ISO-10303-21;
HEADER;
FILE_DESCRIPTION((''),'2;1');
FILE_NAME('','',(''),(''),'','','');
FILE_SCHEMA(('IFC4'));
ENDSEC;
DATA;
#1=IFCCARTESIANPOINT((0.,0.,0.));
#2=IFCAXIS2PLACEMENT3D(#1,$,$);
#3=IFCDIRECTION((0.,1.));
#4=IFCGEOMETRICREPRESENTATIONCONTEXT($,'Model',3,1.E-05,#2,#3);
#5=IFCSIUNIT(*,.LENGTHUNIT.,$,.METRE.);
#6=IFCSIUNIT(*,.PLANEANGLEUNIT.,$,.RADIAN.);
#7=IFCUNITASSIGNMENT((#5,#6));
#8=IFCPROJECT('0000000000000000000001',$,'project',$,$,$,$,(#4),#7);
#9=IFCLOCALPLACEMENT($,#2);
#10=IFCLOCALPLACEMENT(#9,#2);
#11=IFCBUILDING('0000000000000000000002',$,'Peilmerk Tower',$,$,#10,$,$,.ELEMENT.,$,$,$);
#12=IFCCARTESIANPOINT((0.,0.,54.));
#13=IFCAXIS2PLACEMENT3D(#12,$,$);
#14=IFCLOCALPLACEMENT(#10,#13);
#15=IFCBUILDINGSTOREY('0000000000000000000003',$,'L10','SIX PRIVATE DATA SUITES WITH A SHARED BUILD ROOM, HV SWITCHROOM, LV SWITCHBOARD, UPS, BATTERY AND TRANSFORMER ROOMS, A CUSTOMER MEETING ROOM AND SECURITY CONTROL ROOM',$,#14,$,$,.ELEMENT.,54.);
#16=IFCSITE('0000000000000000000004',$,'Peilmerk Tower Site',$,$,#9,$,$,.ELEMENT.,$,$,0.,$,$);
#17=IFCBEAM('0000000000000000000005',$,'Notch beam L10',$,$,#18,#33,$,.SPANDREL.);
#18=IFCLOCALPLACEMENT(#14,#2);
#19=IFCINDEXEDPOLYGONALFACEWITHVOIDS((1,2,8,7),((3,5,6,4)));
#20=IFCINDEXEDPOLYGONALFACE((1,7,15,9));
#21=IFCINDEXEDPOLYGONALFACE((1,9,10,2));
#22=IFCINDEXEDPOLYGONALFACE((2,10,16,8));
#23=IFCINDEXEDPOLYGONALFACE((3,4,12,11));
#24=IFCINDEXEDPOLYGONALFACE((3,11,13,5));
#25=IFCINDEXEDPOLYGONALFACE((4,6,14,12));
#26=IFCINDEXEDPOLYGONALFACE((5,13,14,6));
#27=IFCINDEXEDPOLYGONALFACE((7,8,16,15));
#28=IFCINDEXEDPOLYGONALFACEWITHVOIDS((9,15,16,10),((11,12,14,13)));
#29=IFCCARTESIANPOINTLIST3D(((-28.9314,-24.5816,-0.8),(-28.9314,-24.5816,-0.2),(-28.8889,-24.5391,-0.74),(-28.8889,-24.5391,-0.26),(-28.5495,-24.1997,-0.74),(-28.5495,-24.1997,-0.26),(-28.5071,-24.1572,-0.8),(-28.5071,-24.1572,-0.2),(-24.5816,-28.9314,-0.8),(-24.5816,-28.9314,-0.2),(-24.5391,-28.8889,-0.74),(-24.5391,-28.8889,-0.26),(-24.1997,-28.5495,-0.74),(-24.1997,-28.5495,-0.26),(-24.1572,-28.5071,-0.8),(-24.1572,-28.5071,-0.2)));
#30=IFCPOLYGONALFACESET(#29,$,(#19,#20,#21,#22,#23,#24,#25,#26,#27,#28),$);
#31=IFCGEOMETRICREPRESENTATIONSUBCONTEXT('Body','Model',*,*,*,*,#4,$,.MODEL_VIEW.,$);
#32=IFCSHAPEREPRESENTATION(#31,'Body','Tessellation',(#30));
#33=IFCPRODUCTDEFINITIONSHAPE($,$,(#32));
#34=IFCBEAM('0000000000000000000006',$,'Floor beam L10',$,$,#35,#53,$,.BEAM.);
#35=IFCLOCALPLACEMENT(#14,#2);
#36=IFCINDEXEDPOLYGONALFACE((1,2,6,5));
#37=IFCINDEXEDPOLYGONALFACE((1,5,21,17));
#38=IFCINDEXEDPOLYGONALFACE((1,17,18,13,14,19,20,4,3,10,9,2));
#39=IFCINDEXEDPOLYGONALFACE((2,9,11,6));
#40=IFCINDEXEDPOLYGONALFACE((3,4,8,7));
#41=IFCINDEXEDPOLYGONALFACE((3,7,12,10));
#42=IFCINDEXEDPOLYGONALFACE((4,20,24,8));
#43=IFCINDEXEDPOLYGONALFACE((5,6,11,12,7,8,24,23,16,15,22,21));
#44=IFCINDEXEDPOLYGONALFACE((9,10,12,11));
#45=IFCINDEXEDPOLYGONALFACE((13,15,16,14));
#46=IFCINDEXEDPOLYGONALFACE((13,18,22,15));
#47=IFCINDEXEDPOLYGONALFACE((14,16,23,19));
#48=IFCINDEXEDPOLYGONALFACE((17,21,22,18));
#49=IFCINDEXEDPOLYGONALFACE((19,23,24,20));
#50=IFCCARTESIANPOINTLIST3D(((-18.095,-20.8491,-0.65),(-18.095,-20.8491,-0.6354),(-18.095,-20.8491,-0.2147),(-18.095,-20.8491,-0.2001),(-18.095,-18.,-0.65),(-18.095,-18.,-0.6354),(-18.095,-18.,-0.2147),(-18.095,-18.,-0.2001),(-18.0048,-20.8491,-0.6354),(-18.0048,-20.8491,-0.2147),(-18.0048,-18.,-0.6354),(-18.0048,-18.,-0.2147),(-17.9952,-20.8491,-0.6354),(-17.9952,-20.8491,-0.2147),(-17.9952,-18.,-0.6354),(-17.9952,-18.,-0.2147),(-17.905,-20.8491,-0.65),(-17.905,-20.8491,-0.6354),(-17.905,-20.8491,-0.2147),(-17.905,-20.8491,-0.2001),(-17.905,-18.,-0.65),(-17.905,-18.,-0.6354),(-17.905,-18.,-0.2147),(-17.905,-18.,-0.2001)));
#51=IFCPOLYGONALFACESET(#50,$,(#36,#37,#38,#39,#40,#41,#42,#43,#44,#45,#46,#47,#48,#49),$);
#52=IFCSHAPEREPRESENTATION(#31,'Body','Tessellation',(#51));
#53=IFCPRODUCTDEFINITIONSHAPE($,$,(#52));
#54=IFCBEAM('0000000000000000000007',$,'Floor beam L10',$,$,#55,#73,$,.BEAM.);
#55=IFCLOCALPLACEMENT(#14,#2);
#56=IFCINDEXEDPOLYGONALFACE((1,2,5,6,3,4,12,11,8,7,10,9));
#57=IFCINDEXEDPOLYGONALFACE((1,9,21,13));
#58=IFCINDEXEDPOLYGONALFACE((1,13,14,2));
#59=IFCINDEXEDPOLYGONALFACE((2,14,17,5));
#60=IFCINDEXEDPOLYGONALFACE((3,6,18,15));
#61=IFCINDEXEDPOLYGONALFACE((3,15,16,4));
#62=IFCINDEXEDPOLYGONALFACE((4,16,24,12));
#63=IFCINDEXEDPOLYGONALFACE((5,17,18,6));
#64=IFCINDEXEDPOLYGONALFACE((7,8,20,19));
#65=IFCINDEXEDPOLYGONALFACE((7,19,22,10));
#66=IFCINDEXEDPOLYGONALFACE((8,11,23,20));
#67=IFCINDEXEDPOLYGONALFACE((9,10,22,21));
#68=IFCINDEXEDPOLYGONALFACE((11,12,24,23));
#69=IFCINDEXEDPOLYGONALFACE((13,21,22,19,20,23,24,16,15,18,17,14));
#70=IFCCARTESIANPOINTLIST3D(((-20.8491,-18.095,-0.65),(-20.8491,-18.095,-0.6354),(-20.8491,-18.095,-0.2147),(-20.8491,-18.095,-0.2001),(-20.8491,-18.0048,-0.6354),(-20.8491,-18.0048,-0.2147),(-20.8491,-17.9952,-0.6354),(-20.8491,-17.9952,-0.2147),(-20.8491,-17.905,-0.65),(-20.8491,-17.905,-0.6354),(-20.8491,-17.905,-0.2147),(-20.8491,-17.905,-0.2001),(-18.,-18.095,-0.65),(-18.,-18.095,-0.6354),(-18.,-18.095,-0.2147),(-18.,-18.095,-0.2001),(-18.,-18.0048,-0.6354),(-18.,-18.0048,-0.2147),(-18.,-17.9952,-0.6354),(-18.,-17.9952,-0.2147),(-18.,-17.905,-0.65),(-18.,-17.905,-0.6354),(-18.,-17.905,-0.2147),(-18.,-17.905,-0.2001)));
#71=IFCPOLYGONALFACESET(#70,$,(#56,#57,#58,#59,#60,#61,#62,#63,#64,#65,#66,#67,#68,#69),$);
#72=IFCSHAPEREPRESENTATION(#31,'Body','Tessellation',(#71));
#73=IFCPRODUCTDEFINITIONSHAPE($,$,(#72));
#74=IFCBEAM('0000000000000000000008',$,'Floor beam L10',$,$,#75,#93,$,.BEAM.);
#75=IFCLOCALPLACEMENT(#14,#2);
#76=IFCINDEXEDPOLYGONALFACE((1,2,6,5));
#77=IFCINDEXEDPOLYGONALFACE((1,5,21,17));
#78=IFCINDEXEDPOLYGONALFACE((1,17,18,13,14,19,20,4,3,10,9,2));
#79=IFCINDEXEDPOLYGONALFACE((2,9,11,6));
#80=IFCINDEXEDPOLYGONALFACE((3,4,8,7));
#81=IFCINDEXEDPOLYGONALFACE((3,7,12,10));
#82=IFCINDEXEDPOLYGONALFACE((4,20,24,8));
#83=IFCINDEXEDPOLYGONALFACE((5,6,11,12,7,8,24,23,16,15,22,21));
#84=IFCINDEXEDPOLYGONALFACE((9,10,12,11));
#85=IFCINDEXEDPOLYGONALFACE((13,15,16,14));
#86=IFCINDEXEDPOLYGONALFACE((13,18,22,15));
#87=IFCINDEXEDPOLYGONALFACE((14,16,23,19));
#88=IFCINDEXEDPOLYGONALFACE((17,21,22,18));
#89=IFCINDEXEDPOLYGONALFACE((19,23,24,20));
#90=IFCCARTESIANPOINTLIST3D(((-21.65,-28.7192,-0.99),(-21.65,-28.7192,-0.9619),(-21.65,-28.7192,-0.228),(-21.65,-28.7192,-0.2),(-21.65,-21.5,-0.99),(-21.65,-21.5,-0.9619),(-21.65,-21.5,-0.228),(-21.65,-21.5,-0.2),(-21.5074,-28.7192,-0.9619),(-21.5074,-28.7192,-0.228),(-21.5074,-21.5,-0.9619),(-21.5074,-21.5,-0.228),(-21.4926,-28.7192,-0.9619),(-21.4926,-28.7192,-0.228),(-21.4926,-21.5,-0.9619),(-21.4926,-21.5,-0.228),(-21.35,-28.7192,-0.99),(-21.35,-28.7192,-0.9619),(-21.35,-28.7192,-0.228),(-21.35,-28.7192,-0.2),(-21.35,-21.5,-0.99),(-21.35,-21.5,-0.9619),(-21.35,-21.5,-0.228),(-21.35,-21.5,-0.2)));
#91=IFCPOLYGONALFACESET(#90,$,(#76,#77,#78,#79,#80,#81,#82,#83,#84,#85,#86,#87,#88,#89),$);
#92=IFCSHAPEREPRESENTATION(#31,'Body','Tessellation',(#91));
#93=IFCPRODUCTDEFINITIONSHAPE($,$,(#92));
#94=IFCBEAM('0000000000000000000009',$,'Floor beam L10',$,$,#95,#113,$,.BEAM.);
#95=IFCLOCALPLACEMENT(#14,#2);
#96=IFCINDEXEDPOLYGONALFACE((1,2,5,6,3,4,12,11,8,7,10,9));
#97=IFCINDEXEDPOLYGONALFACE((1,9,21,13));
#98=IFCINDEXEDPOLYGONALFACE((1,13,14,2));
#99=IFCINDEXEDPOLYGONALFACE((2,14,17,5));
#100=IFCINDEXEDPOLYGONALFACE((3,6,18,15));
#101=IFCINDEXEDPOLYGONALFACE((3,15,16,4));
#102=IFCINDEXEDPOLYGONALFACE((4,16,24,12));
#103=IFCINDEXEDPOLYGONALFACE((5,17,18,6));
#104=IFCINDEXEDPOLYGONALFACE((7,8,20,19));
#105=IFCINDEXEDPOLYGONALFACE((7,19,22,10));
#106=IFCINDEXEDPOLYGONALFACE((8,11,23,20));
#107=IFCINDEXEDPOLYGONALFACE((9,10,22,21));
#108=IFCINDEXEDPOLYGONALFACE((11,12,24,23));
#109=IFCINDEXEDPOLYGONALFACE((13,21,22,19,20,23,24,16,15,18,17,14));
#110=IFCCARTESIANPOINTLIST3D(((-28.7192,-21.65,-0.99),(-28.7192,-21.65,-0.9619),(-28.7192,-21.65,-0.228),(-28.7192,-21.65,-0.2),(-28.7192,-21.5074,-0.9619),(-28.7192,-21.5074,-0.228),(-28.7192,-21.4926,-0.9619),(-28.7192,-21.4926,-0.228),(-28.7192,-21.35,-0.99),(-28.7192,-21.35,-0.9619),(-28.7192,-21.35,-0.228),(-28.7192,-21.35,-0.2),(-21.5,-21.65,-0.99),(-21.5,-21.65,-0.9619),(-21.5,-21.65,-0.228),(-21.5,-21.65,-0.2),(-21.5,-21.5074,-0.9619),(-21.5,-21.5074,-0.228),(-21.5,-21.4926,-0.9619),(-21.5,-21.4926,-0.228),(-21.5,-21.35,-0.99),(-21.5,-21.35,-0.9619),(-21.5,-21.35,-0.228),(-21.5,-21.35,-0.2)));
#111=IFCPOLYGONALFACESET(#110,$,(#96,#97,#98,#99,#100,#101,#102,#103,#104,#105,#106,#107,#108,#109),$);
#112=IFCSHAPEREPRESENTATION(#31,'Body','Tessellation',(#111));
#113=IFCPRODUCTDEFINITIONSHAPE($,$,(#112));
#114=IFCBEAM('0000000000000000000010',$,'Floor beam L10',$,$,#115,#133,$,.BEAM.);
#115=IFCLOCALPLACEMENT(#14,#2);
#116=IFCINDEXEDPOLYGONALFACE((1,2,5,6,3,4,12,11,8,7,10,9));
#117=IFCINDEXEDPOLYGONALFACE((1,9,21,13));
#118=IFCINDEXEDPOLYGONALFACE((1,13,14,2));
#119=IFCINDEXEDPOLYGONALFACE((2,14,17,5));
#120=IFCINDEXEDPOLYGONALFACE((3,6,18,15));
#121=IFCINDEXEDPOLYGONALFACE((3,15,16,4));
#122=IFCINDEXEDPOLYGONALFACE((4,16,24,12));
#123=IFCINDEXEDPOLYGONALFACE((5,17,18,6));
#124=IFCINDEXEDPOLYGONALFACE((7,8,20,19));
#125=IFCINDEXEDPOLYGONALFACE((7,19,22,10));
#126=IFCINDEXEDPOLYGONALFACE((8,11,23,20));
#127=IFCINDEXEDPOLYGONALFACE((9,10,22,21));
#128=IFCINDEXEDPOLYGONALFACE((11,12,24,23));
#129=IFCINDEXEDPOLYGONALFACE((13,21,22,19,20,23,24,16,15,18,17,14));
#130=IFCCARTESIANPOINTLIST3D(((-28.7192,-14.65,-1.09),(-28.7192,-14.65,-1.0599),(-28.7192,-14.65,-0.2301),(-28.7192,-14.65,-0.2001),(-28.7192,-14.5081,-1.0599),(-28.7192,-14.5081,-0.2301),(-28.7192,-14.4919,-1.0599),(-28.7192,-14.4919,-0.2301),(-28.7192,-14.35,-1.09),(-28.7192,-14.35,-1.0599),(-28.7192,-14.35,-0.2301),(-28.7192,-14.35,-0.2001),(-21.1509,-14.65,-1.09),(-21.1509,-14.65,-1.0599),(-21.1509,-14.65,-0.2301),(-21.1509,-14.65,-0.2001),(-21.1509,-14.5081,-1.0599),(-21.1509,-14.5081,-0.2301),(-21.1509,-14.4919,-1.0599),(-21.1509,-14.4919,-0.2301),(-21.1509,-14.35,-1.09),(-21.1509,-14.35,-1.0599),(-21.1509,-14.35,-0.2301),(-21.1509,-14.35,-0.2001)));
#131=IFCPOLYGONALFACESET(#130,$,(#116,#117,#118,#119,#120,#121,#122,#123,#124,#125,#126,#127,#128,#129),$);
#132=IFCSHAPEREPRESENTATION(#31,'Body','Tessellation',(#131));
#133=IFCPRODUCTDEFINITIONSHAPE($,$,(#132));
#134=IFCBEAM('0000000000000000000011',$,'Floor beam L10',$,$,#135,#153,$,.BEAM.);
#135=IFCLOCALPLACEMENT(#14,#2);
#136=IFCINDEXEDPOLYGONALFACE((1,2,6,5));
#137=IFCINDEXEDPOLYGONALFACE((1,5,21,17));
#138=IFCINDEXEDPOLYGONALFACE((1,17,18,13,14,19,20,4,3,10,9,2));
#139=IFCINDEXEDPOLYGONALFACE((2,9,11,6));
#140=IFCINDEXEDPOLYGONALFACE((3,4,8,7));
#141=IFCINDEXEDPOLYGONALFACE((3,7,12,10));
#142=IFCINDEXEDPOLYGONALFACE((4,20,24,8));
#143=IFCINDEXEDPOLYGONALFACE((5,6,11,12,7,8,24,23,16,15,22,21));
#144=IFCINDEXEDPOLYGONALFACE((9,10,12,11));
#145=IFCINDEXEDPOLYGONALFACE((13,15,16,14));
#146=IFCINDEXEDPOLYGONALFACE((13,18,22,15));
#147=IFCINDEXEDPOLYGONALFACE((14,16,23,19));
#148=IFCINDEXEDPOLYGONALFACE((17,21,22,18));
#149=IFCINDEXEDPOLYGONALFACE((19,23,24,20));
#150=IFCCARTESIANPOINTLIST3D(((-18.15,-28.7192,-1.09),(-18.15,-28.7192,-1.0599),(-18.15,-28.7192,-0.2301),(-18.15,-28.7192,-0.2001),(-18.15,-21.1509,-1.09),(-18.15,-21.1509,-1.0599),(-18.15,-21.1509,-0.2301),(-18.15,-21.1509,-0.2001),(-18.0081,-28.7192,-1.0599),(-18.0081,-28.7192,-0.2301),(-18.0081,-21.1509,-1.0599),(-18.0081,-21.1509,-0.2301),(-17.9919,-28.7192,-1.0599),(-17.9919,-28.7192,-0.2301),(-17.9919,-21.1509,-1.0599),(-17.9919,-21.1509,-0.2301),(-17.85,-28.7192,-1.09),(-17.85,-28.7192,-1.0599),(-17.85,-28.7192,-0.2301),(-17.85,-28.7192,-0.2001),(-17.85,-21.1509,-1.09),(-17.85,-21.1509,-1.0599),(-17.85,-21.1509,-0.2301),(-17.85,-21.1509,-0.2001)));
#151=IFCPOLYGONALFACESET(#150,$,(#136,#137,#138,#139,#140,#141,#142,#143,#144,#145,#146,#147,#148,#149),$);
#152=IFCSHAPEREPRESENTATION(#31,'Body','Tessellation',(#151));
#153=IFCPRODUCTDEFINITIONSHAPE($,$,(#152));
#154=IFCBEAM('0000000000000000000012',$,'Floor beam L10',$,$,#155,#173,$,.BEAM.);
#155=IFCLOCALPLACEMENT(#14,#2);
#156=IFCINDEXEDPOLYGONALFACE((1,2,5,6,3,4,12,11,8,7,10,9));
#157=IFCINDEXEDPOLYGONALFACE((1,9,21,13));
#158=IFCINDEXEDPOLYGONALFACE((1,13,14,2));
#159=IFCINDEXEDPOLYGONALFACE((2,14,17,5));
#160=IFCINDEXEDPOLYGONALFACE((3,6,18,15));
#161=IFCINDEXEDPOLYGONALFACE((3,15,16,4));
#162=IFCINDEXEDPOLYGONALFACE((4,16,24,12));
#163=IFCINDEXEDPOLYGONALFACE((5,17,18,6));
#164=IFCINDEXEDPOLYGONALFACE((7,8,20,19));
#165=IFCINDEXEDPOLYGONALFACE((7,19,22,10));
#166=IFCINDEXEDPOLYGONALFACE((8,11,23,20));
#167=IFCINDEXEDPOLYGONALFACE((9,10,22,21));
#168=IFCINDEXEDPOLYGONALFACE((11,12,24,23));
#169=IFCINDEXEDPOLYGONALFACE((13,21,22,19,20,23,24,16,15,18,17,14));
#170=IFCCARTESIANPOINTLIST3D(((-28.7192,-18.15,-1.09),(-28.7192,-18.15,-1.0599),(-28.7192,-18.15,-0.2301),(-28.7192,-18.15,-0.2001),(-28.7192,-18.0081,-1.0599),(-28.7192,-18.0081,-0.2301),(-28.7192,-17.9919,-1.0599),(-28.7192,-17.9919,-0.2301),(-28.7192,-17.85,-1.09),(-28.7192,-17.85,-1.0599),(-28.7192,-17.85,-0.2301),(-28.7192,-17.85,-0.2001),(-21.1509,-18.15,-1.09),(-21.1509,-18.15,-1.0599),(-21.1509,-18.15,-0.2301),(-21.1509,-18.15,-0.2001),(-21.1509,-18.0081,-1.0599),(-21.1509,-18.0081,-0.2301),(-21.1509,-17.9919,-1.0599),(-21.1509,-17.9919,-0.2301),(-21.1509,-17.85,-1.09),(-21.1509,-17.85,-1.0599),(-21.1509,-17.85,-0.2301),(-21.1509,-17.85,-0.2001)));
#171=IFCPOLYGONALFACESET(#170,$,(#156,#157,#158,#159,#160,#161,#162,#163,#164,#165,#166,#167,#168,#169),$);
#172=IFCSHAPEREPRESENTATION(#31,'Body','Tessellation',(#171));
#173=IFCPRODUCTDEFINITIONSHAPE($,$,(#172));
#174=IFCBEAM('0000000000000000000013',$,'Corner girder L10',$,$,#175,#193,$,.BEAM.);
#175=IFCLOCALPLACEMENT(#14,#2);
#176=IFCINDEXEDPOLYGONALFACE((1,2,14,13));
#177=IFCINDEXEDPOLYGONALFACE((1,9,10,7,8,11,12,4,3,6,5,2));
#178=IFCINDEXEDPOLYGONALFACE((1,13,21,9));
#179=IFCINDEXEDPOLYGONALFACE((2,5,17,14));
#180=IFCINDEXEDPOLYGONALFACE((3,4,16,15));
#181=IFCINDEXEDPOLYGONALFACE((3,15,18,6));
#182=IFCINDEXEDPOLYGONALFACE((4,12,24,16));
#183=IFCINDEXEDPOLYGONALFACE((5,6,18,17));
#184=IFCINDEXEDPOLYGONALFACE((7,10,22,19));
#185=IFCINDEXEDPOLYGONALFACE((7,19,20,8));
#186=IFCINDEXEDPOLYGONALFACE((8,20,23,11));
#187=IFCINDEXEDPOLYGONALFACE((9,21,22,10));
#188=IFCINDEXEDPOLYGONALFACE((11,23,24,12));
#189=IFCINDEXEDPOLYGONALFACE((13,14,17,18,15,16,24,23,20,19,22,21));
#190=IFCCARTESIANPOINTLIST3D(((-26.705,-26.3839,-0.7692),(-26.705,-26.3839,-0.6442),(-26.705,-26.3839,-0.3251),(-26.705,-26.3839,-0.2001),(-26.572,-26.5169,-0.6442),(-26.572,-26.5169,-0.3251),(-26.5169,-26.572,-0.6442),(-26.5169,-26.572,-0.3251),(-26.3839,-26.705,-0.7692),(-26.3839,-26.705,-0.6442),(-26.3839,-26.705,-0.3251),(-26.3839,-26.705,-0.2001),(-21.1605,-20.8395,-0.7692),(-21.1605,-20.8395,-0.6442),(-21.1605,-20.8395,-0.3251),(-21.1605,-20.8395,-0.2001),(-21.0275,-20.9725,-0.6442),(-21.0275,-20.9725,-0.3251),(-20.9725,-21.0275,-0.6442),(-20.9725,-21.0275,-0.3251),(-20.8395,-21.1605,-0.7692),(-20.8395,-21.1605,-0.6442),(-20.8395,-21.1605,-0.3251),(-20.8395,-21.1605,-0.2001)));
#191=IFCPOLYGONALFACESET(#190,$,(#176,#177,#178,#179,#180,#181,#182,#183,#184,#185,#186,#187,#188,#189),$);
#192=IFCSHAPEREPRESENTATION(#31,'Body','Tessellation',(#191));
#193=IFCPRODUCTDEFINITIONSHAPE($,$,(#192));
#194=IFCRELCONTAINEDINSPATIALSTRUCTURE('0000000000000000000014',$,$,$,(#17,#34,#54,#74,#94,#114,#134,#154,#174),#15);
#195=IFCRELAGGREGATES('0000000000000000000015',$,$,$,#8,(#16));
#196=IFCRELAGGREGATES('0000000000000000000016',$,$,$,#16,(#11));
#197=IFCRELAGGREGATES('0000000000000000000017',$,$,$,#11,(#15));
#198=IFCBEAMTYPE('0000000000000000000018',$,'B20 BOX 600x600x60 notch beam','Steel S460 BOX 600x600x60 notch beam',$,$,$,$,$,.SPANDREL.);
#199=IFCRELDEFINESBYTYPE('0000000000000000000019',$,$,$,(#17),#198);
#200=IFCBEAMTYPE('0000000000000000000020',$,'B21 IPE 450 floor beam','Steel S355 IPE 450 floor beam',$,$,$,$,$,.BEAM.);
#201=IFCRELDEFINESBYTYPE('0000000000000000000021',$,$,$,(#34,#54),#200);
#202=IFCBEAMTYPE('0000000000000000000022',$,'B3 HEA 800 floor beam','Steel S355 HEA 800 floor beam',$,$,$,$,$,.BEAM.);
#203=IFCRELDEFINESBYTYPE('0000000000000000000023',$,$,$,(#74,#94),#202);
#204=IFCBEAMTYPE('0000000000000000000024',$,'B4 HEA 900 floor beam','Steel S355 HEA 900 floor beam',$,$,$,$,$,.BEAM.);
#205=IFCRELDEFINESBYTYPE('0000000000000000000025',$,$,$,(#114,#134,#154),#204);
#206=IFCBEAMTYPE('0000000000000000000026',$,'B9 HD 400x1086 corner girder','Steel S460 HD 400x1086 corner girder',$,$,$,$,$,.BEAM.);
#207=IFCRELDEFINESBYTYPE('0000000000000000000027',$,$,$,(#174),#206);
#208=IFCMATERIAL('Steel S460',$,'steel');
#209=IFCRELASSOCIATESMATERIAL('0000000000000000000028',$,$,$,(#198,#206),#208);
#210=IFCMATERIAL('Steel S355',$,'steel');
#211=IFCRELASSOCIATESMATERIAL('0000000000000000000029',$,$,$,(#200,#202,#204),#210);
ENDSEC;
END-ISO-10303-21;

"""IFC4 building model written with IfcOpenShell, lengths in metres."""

from ifc_helpers import new_model, si_unit, direction, frame, origin, origin_2d, place, context, subcontext, project, spatial, hollow_rectangle, i_section, extrude, material, material_profile, profile_set, type_object, element, save


model = new_model("IFC4")

# Units and contexts
model_context = context("Model", 3, precision=1e-05, world=origin(), true_north=direction((0.0, 1.0)))
body_context = subcontext(model_context, "Body", "Model", "MODEL_VIEW")
ifc_project = project(units=[si_unit("LENGTHUNIT", "METRE"), si_unit("PLANEANGLEUNIT", "RADIAN")], contexts=[model_context])

# Site, building, storey
site_placement = place(None, origin())
site = spatial("IfcSite", under=ifc_project, at=site_placement, Name="Peilmerk Tower Site", CompositionType="ELEMENT", RefElevation=0.0)
building_placement = place(site_placement, origin())
building = spatial("IfcBuilding", under=site, at=building_placement, Name="Peilmerk Tower", CompositionType="ELEMENT")
storey_placement = place(building_placement, frame((0.0, 0.0, 54.0)))
storey = spatial("IfcBuildingStorey", under=building, at=storey_placement, Name="L10", Description="SIX PRIVATE DATA SUITES WITH A SHARED BUILD ROOM, HV SWITCHROOM, LV SWITCHBOARD, UPS, BATTERY AND TRANSFORMER ROOMS, A CUSTOMER MEETING ROOM AND SECURITY CONTROL ROOM", CompositionType="ELEMENT", Elevation=54.0)

# Beams
ifc_material_1 = material(Name="Steel S355", Category="steel")
ifc_material_2 = material(Name="Steel S460", Category="steel")
ifc_material_profile_1 = material_profile(ifc_material_2, hollow_rectangle(XDim=0.6001, YDim=0.6001, WallThickness=0.0601, at=origin_2d()), Name="BOX 600x600x60")
ifc_profile_set_1 = profile_set([ifc_material_profile_1], Name="Steel S460")
beam_type_1 = type_object("IfcBeamType", Name="B20 BOX 600x600x60 notch beam", Description="Steel S460 BOX 600x600x60 notch beam", PredefinedType="SPANDREL", material=ifc_profile_set_1)
beam_1_placement = place(storey_placement, frame((-24.3694, -28.7192, -0.5), z_axis=(-0.707107, 0.707107, 0.0), x_axis=(-0.707107, -0.707107, 0.0)))
element("IfcBeam", 1, at=beam_1_placement, inside=storey, type_object=beam_type_1, Name="Notch beam L10", PredefinedType="SPANDREL", context=body_context, shape_type="SweptSolid", body=[
    extrude(hollow_rectangle(XDim=0.6001, YDim=0.6001, WallThickness=0.0601, at=origin_2d()), origin(), (0.0, 0.0, 1.0), 6.1516),
])
ifc_material_profile_2 = material_profile(ifc_material_1, i_section(OverallWidth=0.1899, OverallDepth=0.45, WebThickness=0.0095, FlangeThickness=0.0146, at=origin_2d()), Name="IPE 450")
ifc_profile_set_2 = profile_set([ifc_material_profile_2], Name="Steel S355")
beam_type_2 = type_object("IfcBeamType", Name="B21 IPE 450 floor beam", Description="Steel S355 IPE 450 floor beam", PredefinedType="BEAM", material=ifc_profile_set_2)
for number, where, z_axis, x_axis, name in (
    (2, (-18.0, -18.0, -0.425), (0.0, -1.0, 0.0), (1.0, 0.0, 0.0), "Floor beam L10"),
    (3, (-18.0, -18.0, -0.425), (-1.0, 0.0, 0.0), (0.0, -1.0, 0.0), "Floor beam L10"),
):
    element("IfcBeam", number, at=place(storey_placement, frame(where, z_axis=z_axis, x_axis=x_axis)), inside=storey, type_object=beam_type_2, Name=name, PredefinedType="BEAM", context=body_context, shape_type="SweptSolid", body=[
        extrude(i_section(OverallWidth=0.1899, OverallDepth=0.45, WebThickness=0.0095, FlangeThickness=0.0146, at=origin_2d()), origin(), (0.0, 0.0, 1.0), 2.8491),
    ])
ifc_material_profile_3 = material_profile(ifc_material_1, i_section(OverallWidth=0.3, OverallDepth=0.79, WebThickness=0.0149, FlangeThickness=0.0281, at=origin_2d()), Name="HEA 800")
ifc_profile_set_3 = profile_set([ifc_material_profile_3], Name="Steel S355")
beam_type_3 = type_object("IfcBeamType", Name="B3 HEA 800 floor beam", Description="Steel S355 HEA 800 floor beam", PredefinedType="BEAM", material=ifc_profile_set_3)
for number, where, z_axis, x_axis, name in (
    (4, (-21.5, -21.5, -0.595), (0.0, -1.0, 0.0), (1.0, 0.0, 0.0), "Floor beam L10"),
    (5, (-21.5, -21.5, -0.595), (-1.0, 0.0, 0.0), (0.0, -1.0, 0.0), "Floor beam L10"),
):
    element("IfcBeam", number, at=place(storey_placement, frame(where, z_axis=z_axis, x_axis=x_axis)), inside=storey, type_object=beam_type_3, Name=name, PredefinedType="BEAM", context=body_context, shape_type="SweptSolid", body=[
        extrude(i_section(OverallWidth=0.3, OverallDepth=0.79, WebThickness=0.0149, FlangeThickness=0.0281, at=origin_2d()), origin(), (0.0, 0.0, 1.0), 7.2192),
    ])
ifc_material_profile_4 = material_profile(ifc_material_1, i_section(OverallWidth=0.3, OverallDepth=0.8899, WebThickness=0.0161, FlangeThickness=0.03, at=origin_2d()), Name="HEA 900")
ifc_profile_set_4 = profile_set([ifc_material_profile_4], Name="Steel S355")
beam_type_4 = type_object("IfcBeamType", Name="B4 HEA 900 floor beam", Description="Steel S355 HEA 900 floor beam", PredefinedType="BEAM", material=ifc_profile_set_4)
for number, where, z_axis, x_axis, name in (
    (6, (-21.1509, -14.5, -0.645), (-1.0, 0.0, 0.0), (0.0, -1.0, 0.0), "Floor beam L10"),
    (7, (-18.0, -21.1509, -0.645), (0.0, -1.0, 0.0), (1.0, 0.0, 0.0), "Floor beam L10"),
    (8, (-21.1509, -18.0, -0.645), (-1.0, 0.0, 0.0), (0.0, -1.0, 0.0), "Floor beam L10"),
):
    element("IfcBeam", number, at=place(storey_placement, frame(where, z_axis=z_axis, x_axis=x_axis)), inside=storey, type_object=beam_type_4, Name=name, PredefinedType="BEAM", context=body_context, shape_type="SweptSolid", body=[
        extrude(i_section(OverallWidth=0.3, OverallDepth=0.8899, WebThickness=0.0161, FlangeThickness=0.03, at=origin_2d()), origin(), (0.0, 0.0, 1.0), 7.5684),
    ])
ifc_material_profile_5 = material_profile(ifc_material_2, i_section(OverallWidth=0.4541, OverallDepth=0.5691, WebThickness=0.0779, FlangeThickness=0.125, at=origin_2d()), Name="HD 400x1086")
ifc_profile_set_5 = profile_set([ifc_material_profile_5], Name="Steel S460")
beam_type_5 = type_object("IfcBeamType", Name="B9 HD 400x1086 corner girder", Description="Steel S460 HD 400x1086 corner girder", PredefinedType="BEAM", material=ifc_profile_set_5)
beam_2_placement = place(storey_placement, frame((-21.0, -21.0, -0.4846), z_axis=(-0.707107, -0.707107, 0.0), x_axis=(0.707107, -0.707107, 0.0)))
element("IfcBeam", 9, at=beam_2_placement, inside=storey, type_object=beam_type_5, Name="Corner girder L10", PredefinedType="BEAM", context=body_context, shape_type="SweptSolid", body=[
    extrude(i_section(OverallWidth=0.4541, OverallDepth=0.5691, WebThickness=0.0779, FlangeThickness=0.125, at=origin_2d()), origin(), (0.0, 0.0, 1.0), 7.8411),
])

save(model, "model.ifc")
